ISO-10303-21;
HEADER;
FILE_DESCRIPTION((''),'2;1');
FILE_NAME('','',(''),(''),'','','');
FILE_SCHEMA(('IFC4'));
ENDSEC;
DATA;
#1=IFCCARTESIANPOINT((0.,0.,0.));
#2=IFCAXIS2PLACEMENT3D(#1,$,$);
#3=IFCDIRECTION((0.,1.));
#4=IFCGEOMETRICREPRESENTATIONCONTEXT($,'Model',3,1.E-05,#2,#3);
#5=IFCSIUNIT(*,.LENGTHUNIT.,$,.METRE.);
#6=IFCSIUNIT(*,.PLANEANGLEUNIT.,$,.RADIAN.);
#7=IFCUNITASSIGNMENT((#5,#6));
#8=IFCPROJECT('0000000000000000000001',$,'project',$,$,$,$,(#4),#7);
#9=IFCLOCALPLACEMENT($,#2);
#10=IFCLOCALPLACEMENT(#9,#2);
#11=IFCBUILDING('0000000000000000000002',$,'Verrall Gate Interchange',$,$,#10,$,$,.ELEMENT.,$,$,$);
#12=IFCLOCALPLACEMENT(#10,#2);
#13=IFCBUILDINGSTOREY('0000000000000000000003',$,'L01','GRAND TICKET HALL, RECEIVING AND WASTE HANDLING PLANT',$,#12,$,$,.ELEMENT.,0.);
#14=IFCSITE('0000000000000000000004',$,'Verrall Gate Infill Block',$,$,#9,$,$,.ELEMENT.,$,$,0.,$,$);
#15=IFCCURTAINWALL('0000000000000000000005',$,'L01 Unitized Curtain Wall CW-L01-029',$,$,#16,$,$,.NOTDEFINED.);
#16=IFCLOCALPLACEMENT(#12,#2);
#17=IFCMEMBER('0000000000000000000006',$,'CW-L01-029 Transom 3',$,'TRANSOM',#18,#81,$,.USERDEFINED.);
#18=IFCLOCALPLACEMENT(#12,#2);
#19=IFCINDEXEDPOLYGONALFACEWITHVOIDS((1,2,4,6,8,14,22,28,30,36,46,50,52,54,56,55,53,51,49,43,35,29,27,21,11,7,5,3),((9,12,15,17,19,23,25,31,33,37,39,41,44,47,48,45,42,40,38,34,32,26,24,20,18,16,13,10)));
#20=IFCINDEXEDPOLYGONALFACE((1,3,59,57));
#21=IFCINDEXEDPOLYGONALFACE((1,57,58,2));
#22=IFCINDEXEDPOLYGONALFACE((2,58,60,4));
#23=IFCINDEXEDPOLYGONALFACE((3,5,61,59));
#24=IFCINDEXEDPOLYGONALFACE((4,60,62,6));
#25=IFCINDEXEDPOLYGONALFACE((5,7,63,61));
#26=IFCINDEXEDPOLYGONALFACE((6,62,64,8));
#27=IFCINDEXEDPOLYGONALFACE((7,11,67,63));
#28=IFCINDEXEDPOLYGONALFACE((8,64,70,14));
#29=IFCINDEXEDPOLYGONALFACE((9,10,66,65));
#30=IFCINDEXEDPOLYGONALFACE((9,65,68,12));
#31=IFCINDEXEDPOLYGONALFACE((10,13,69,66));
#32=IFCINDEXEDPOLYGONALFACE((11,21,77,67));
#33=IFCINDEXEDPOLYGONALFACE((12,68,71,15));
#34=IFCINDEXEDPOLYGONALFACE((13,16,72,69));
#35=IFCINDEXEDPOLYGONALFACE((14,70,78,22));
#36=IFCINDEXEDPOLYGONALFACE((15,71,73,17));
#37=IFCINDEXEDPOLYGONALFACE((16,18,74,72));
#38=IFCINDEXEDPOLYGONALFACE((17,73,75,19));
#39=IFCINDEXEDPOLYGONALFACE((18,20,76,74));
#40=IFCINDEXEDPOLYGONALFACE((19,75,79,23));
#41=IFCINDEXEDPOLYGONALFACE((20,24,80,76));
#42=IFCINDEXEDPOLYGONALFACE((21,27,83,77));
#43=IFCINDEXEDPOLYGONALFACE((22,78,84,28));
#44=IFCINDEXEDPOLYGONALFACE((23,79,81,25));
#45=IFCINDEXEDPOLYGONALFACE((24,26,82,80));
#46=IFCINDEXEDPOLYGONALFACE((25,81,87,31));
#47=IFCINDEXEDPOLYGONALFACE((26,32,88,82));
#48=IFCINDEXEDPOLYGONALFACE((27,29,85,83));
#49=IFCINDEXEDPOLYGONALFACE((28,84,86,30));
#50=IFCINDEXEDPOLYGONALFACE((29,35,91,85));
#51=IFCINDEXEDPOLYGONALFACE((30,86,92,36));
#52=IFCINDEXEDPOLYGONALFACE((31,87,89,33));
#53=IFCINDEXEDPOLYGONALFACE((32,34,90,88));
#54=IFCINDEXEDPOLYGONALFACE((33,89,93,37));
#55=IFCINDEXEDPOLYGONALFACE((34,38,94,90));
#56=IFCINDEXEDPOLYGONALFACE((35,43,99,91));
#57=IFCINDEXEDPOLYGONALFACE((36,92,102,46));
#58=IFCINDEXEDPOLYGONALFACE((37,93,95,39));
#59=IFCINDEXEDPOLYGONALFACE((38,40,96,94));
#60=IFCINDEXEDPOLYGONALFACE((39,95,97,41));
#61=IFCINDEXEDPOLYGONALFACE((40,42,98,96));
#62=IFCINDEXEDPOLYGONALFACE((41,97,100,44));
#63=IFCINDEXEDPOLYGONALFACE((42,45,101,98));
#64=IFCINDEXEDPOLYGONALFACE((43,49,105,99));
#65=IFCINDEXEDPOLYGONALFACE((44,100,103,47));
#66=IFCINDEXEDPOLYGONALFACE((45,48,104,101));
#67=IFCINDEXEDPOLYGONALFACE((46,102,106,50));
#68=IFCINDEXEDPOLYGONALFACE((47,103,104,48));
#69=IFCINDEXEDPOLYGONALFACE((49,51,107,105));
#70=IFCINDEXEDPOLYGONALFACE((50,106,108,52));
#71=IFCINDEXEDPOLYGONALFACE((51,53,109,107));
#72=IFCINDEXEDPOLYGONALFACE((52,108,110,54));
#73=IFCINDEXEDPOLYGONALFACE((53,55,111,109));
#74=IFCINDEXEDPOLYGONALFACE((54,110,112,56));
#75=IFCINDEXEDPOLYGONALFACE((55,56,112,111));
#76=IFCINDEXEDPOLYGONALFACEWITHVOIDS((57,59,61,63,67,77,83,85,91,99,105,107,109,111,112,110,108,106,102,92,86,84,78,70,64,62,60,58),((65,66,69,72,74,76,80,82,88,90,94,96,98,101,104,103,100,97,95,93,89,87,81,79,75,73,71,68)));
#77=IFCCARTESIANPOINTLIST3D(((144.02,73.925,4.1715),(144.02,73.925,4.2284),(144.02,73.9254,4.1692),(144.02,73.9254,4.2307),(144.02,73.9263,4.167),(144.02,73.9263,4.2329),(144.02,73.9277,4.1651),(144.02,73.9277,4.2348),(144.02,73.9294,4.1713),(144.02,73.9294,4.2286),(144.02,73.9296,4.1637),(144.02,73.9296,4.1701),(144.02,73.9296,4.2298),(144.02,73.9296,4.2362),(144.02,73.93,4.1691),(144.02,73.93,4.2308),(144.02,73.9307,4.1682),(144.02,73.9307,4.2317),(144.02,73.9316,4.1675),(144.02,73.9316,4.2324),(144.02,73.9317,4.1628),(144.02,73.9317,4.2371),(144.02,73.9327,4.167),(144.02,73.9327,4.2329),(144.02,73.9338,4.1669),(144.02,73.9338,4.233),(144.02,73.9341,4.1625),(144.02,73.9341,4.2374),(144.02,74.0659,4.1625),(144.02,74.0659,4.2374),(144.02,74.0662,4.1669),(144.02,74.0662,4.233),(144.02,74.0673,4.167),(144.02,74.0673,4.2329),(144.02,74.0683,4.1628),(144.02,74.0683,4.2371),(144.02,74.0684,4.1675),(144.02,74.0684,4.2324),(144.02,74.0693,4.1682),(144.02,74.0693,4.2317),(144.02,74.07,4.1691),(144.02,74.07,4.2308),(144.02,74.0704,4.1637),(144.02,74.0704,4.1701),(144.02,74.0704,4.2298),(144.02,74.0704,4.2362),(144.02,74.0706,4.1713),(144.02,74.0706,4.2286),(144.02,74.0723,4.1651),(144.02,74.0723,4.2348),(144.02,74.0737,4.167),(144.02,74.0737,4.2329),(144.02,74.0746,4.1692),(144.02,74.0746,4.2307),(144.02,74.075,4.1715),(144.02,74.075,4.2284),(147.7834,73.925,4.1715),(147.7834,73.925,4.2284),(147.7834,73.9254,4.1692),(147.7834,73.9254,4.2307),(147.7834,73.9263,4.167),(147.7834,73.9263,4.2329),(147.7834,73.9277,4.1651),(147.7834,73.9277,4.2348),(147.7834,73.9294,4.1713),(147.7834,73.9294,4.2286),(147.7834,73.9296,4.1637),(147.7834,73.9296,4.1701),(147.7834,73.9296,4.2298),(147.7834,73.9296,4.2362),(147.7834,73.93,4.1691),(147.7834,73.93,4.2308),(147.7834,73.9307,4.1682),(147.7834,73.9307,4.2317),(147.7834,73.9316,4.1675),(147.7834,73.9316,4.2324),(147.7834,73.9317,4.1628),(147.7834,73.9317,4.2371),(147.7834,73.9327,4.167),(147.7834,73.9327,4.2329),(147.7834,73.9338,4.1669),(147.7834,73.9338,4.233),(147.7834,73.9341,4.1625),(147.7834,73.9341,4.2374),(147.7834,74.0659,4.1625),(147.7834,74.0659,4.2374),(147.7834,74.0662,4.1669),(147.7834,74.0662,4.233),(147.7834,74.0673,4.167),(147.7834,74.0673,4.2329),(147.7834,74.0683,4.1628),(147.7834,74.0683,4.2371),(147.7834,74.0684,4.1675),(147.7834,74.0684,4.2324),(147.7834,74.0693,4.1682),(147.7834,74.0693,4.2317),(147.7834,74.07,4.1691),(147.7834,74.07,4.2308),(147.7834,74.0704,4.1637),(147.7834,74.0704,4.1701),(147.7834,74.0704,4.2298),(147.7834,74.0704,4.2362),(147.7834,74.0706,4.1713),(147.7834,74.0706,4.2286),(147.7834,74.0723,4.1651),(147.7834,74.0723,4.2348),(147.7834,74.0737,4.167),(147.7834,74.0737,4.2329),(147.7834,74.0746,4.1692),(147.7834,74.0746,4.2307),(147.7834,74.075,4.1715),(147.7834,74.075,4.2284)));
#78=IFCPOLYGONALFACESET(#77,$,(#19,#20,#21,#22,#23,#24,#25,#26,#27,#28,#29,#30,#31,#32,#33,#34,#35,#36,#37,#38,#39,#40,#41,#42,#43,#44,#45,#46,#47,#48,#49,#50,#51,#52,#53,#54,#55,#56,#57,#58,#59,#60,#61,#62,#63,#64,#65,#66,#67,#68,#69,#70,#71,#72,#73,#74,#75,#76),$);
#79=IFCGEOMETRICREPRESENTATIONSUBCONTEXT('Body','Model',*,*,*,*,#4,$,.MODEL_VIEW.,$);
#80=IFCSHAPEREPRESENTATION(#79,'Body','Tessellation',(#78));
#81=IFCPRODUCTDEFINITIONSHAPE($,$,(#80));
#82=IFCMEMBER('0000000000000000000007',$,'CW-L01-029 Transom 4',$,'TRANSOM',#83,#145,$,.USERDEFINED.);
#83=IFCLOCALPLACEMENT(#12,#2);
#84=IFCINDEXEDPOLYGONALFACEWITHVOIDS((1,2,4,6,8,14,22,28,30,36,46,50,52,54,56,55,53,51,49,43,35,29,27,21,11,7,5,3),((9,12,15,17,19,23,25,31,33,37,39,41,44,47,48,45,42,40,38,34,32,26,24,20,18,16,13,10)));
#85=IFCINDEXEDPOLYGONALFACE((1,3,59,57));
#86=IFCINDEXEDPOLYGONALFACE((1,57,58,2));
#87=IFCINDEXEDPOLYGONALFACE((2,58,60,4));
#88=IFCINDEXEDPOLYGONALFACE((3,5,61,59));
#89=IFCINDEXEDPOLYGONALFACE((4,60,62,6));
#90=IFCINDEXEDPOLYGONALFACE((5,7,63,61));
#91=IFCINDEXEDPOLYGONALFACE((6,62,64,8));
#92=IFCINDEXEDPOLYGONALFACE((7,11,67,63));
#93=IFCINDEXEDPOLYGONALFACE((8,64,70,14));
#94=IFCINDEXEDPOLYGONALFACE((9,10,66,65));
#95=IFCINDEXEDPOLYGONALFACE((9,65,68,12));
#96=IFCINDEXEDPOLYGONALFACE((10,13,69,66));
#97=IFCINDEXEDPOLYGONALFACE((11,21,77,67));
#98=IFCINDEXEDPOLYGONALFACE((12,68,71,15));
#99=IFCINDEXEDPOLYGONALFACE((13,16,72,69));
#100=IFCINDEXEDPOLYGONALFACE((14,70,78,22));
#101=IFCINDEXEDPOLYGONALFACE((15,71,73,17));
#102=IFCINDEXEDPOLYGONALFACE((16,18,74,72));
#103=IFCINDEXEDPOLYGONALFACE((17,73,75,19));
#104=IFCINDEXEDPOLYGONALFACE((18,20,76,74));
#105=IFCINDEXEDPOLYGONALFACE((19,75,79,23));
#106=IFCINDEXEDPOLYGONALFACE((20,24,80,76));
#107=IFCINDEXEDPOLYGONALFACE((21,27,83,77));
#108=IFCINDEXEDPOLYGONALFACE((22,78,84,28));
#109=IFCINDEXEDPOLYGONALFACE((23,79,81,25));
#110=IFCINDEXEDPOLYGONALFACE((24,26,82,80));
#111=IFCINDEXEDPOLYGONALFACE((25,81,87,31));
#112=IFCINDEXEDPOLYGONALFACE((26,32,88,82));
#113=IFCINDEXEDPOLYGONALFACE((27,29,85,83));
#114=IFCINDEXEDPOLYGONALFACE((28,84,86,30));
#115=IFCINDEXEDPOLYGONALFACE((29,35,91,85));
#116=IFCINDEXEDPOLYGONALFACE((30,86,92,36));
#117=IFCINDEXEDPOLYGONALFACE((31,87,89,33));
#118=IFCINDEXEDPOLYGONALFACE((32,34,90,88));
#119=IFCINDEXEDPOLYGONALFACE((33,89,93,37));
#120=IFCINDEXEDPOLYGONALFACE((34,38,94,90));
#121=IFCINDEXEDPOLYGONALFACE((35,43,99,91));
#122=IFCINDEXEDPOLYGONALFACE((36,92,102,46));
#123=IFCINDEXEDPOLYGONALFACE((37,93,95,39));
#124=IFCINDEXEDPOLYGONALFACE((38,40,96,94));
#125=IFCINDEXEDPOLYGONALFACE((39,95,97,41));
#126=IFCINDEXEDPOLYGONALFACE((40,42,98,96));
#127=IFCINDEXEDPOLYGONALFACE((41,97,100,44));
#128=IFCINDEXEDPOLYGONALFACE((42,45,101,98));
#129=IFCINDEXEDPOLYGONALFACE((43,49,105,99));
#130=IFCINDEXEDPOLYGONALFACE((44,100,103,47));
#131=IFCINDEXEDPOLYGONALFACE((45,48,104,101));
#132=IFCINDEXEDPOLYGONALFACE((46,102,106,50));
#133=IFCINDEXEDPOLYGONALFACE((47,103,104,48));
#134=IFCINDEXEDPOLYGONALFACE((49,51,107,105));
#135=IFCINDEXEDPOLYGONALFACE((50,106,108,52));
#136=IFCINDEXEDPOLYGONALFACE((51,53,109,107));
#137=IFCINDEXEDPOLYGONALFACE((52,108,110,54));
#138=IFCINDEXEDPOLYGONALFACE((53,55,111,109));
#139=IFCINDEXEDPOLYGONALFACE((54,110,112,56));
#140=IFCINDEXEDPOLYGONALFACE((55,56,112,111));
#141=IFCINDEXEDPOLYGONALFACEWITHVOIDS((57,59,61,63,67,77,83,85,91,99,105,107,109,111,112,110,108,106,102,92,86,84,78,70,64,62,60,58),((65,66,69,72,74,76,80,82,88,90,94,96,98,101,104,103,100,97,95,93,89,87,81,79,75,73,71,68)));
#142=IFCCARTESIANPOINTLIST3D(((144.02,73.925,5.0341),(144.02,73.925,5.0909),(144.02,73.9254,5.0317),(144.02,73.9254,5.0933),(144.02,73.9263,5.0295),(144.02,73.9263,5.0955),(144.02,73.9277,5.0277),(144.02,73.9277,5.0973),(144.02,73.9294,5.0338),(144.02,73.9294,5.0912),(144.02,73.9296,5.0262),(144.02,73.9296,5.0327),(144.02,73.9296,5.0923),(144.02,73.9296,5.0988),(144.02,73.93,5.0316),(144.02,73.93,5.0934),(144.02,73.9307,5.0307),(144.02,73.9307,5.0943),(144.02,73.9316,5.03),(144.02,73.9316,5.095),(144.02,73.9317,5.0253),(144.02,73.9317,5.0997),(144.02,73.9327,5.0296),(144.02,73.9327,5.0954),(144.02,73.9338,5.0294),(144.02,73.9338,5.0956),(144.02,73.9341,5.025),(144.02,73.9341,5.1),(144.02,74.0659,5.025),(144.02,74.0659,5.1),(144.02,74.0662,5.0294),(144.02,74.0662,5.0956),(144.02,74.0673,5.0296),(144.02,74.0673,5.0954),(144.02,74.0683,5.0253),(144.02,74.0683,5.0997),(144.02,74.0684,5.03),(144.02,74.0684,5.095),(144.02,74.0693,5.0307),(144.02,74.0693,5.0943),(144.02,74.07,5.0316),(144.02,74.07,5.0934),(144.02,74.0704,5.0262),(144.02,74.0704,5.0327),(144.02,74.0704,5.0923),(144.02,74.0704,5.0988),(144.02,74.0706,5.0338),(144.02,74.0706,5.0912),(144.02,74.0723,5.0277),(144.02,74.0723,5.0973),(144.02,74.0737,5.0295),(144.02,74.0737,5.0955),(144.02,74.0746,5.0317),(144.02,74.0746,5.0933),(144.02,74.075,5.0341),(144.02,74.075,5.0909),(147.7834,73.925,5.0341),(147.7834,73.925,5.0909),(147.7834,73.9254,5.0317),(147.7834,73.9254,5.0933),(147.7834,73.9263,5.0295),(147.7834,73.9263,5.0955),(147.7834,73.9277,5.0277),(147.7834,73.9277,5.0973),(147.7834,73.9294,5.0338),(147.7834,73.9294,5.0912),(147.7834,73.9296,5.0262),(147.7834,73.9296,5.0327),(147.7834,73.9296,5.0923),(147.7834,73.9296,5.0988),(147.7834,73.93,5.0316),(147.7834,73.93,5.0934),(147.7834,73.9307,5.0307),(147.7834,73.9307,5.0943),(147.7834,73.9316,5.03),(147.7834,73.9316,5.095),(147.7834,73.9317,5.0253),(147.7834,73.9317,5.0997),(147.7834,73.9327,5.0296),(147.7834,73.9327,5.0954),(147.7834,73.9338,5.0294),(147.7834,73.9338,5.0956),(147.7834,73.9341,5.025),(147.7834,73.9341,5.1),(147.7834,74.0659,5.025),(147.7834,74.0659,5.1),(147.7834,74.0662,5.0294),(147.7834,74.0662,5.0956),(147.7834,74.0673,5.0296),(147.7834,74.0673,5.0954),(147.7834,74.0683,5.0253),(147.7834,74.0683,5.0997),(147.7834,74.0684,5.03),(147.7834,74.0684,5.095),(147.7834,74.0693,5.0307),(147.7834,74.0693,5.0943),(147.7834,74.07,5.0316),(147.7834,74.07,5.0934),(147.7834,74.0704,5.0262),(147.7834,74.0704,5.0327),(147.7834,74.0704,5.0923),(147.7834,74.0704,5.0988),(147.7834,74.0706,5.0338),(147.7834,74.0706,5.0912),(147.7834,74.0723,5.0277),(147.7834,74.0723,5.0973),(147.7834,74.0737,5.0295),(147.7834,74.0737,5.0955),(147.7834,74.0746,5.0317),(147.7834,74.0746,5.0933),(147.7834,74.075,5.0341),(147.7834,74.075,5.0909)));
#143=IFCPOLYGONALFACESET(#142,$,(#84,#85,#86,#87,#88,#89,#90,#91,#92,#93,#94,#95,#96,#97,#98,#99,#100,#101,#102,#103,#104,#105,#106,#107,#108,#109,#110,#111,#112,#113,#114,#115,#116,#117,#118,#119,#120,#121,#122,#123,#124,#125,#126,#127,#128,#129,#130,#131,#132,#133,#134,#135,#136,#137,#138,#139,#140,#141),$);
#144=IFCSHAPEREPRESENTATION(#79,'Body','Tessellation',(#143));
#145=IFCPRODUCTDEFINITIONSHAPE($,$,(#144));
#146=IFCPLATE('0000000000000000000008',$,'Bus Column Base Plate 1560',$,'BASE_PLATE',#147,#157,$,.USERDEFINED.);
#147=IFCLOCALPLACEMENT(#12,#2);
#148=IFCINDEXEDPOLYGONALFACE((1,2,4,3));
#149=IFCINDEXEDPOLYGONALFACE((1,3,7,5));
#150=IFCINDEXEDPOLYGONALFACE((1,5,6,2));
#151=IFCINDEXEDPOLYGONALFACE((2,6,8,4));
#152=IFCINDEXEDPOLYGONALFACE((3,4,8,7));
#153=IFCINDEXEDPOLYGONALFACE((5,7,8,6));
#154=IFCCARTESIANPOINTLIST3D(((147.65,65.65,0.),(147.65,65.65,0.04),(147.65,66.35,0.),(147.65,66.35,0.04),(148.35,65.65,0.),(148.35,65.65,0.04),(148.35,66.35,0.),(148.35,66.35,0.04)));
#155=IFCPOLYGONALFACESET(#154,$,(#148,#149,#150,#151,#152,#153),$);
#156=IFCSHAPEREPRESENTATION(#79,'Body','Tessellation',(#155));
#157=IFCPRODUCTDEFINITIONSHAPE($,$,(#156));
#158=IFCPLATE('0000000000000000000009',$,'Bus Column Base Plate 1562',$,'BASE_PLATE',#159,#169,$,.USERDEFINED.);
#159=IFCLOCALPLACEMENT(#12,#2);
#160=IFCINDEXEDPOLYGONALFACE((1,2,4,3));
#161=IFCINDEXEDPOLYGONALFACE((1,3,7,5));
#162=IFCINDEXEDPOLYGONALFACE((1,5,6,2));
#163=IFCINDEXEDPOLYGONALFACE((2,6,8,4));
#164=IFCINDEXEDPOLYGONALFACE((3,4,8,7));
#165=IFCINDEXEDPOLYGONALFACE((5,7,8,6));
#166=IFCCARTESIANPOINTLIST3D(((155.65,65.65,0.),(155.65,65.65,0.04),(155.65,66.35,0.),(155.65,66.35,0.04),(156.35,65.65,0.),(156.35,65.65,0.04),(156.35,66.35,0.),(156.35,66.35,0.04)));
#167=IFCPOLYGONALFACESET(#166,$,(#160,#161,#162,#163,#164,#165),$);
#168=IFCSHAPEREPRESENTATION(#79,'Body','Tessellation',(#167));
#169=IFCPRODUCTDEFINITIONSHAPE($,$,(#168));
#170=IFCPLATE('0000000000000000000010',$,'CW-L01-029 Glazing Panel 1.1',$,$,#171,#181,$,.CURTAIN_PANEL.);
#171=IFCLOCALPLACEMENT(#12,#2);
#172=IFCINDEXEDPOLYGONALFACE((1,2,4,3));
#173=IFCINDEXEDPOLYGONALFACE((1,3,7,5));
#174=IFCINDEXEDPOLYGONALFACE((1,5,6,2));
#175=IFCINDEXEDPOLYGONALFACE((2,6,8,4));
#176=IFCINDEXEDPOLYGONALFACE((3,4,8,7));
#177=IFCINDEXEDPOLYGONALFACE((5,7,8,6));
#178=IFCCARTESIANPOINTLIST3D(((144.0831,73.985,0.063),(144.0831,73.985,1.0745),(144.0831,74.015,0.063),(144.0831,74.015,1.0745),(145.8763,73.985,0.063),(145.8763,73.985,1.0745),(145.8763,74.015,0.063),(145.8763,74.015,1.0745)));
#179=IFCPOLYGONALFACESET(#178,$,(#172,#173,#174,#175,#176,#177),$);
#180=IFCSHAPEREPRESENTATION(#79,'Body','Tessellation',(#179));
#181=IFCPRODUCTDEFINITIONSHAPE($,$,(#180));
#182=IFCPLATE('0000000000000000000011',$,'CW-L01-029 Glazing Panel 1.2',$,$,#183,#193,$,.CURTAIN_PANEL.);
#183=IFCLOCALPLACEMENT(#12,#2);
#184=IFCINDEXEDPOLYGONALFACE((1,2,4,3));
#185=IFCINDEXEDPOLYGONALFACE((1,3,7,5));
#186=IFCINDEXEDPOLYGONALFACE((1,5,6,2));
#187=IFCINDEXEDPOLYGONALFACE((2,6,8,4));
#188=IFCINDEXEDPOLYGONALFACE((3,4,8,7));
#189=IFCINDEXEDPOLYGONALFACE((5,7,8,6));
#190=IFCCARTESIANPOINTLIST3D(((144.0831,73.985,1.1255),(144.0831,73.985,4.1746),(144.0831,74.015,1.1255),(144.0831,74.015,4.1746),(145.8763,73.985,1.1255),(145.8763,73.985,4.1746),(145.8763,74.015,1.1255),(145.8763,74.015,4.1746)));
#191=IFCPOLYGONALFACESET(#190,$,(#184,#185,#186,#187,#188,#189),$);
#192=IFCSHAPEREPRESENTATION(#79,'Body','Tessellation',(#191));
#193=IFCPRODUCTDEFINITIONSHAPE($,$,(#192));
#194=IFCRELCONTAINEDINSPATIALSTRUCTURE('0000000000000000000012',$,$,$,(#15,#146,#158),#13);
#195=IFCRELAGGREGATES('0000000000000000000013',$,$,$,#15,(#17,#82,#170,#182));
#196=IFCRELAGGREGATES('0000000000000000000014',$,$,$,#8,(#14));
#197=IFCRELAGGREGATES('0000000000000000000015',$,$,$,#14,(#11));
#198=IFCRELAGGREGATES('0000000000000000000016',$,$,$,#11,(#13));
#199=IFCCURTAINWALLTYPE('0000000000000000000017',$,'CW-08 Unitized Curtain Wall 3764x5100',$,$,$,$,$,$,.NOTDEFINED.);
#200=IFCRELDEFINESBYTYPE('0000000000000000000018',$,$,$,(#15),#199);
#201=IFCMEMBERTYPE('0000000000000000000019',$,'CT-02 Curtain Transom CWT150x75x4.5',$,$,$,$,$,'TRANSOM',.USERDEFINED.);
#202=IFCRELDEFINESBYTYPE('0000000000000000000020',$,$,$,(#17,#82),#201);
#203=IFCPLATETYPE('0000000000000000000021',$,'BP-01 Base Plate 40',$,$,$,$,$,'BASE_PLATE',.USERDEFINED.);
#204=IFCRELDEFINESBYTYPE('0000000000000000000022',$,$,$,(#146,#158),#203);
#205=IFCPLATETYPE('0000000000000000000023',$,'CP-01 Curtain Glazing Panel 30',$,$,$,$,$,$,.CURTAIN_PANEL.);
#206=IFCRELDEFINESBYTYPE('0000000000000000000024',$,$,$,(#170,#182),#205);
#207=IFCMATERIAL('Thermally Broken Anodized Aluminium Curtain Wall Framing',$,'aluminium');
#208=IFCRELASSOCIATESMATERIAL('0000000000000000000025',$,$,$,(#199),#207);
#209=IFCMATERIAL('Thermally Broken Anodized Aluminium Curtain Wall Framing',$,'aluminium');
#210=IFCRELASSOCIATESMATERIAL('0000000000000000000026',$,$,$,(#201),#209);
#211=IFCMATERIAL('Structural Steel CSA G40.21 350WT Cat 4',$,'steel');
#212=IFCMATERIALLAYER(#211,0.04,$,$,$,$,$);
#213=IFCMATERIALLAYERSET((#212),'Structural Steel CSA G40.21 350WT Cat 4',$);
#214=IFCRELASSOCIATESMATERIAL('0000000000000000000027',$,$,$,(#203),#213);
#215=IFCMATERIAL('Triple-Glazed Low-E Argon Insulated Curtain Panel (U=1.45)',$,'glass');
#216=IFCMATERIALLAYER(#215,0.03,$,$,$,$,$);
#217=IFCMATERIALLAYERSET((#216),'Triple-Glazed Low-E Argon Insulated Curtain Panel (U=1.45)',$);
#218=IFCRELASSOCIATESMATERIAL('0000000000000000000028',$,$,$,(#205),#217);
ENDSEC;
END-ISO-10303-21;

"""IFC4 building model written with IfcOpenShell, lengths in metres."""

from ifc_helpers import new_model, si_unit, direction, frame, origin, origin_2d, place, context, subcontext, project, spatial, rectangle, hollow_rectangle, extrude, material, layer, layer_set, material_profile, profile_set, type_object, element, aggregate, save


model = new_model("IFC4")

# Units and contexts
model_context = context("Model", 3, precision=1e-05, world=origin(), true_north=direction((0.0, 1.0)))
body_context = subcontext(model_context, "Body", "Model", "MODEL_VIEW")
ifc_project = project(units=[si_unit("LENGTHUNIT", "METRE"), si_unit("PLANEANGLEUNIT", "RADIAN")], contexts=[model_context])

# Site, building, storey
site_placement = place(None, origin())
site = spatial("IfcSite", under=ifc_project, at=site_placement, Name="Verrall Gate Infill Block", CompositionType="ELEMENT", RefElevation=0.0)
building_placement = place(site_placement, origin())
building = spatial("IfcBuilding", under=site, at=building_placement, Name="Verrall Gate Interchange", CompositionType="ELEMENT")
storey_placement = place(building_placement, origin())
storey = spatial("IfcBuildingStorey", under=building, at=storey_placement, Name="L01", Description="GRAND TICKET HALL, RECEIVING AND WASTE HANDLING PLANT", CompositionType="ELEMENT", Elevation=0.0)

# Curtain wall, members
ifc_material_1 = material(Name="Thermally Broken Anodized Aluminium Curtain Wall Framing", Category="aluminium")
curtain_wall_type = type_object("IfcCurtainWallType", Name="CW-08 Unitized Curtain Wall 3764x5100", PredefinedType="NOTDEFINED", material=ifc_material_1)
curtain_wall_placement = place(storey_placement, origin())
curtain_wall = element("IfcCurtainWall", 1, at=curtain_wall_placement, inside=storey, type_object=curtain_wall_type, Name="L01 Unitized Curtain Wall CW-L01-029", PredefinedType="NOTDEFINED")
ifc_material_2 = material(Name="Thermally Broken Anodized Aluminium Curtain Wall Framing", Category="aluminium")
ifc_material_profile_1 = material_profile(ifc_material_2, hollow_rectangle(XDim=0.1499, YDim=0.075, WallThickness=0.0044, InnerFilletRadius=0.0044, OuterFilletRadius=0.009, at=origin_2d()), Name="CWT150x75x4.5")
ifc_profile_set_1 = profile_set([ifc_material_profile_1], Name="Thermally Broken Anodized Aluminium Curtain Wall Framing")
member_type_1 = type_object("IfcMemberType", Name="CT-02 Curtain Transom CWT150x75x4.5", ElementType="TRANSOM", PredefinedType="USERDEFINED", material=ifc_profile_set_1)
member_1_placement = place(storey_placement, frame((144.02, 74.0, 4.2), z_axis=(1.0, 0.0, 0.0), x_axis=(0.0, 1.0, 0.0)))
member_1 = element("IfcMember", 2, at=member_1_placement, type_object=member_type_1, Name="CW-L01-029 Transom 3", ObjectType="TRANSOM", PredefinedType="USERDEFINED", context=body_context, shape_type="SweptSolid", body=[
    extrude(hollow_rectangle(XDim=0.1499, YDim=0.075, WallThickness=0.0044, InnerFilletRadius=0.0044, OuterFilletRadius=0.009, at=origin_2d()), origin(), (0.0, 0.0, 1.0), 3.7634),
])
member_2_placement = place(storey_placement, frame((144.02, 74.0, 5.0625), z_axis=(1.0, 0.0, 0.0), x_axis=(0.0, 1.0, 0.0)))
member_2 = element("IfcMember", 3, at=member_2_placement, type_object=member_type_1, Name="CW-L01-029 Transom 4", ObjectType="TRANSOM", PredefinedType="USERDEFINED", context=body_context, shape_type="SweptSolid", body=[
    extrude(hollow_rectangle(XDim=0.1499, YDim=0.075, WallThickness=0.0044, InnerFilletRadius=0.0044, OuterFilletRadius=0.009, at=origin_2d()), origin(), (0.0, 0.0, 1.0), 3.7634),
])

# Plates
ifc_material_3 = material(Name="Structural Steel CSA G40.21 350WT Cat 4", Category="steel")
ifc_layer_1 = layer(ifc_material_3, 0.04)
ifc_layer_set_1 = layer_set([ifc_layer_1], Name="Structural Steel CSA G40.21 350WT Cat 4")
plate_type_1 = type_object("IfcPlateType", Name="BP-01 Base Plate 40", ElementType="BASE_PLATE", PredefinedType="USERDEFINED", material=ifc_layer_set_1)
for number, where, z_axis, x_axis, name in (
    (4, (148.0, 66.0, 0.0), (0.0, 0.0, 1.0), (1.0, 0.0, 0.0), "Bus Column Base Plate 1560"),
    (5, (156.0, 66.0, 0.0), (0.0, 0.0, 1.0), (1.0, 0.0, 0.0), "Bus Column Base Plate 1562"),
):
    element("IfcPlate", number, at=place(storey_placement, frame(where, z_axis=z_axis, x_axis=x_axis)), inside=storey, type_object=plate_type_1, Name=name, ObjectType="BASE_PLATE", PredefinedType="USERDEFINED", context=body_context, shape_type="SweptSolid", body=[
        extrude(rectangle(XDim=0.7, YDim=0.7, at=origin_2d()), origin(), (0.0, 0.0, 1.0), 0.04),
    ])

# Plates
ifc_material_4 = material(Name="Triple-Glazed Low-E Argon Insulated Curtain Panel (U=1.45)", Category="glass")
ifc_layer_2 = layer(ifc_material_4, 0.03)
ifc_layer_set_2 = layer_set([ifc_layer_2], Name="Triple-Glazed Low-E Argon Insulated Curtain Panel (U=1.45)")
plate_type_2 = type_object("IfcPlateType", Name="CP-01 Curtain Glazing Panel 30", PredefinedType="CURTAIN_PANEL", material=ifc_layer_set_2)
plate_1_placement = place(storey_placement, frame((144.9797, 74.0, 0.063), z_axis=(0.0, 0.0, 1.0), x_axis=(1.0, 0.0, 0.0)))
plate_1 = element("IfcPlate", 6, at=plate_1_placement, type_object=plate_type_2, Name="CW-L01-029 Glazing Panel 1.1", PredefinedType="CURTAIN_PANEL", context=body_context, shape_type="SweptSolid", body=[
    extrude(rectangle(XDim=1.7932, YDim=0.03, at=origin_2d()), origin(), (0.0, 0.0, 1.0), 1.0115),
])
plate_2_placement = place(storey_placement, frame((144.9797, 74.0, 1.1255), z_axis=(0.0, 0.0, 1.0), x_axis=(1.0, 0.0, 0.0)))
plate_2 = element("IfcPlate", 7, at=plate_2_placement, type_object=plate_type_2, Name="CW-L01-029 Glazing Panel 1.2", PredefinedType="CURTAIN_PANEL", context=body_context, shape_type="SweptSolid", body=[
    extrude(rectangle(XDim=1.7932, YDim=0.03, at=origin_2d()), origin(), (0.0, 0.0, 1.0), 3.0491),
])
aggregate(curtain_wall, [member_1, member_2, plate_1, plate_2])

save(model, "model.ifc")
